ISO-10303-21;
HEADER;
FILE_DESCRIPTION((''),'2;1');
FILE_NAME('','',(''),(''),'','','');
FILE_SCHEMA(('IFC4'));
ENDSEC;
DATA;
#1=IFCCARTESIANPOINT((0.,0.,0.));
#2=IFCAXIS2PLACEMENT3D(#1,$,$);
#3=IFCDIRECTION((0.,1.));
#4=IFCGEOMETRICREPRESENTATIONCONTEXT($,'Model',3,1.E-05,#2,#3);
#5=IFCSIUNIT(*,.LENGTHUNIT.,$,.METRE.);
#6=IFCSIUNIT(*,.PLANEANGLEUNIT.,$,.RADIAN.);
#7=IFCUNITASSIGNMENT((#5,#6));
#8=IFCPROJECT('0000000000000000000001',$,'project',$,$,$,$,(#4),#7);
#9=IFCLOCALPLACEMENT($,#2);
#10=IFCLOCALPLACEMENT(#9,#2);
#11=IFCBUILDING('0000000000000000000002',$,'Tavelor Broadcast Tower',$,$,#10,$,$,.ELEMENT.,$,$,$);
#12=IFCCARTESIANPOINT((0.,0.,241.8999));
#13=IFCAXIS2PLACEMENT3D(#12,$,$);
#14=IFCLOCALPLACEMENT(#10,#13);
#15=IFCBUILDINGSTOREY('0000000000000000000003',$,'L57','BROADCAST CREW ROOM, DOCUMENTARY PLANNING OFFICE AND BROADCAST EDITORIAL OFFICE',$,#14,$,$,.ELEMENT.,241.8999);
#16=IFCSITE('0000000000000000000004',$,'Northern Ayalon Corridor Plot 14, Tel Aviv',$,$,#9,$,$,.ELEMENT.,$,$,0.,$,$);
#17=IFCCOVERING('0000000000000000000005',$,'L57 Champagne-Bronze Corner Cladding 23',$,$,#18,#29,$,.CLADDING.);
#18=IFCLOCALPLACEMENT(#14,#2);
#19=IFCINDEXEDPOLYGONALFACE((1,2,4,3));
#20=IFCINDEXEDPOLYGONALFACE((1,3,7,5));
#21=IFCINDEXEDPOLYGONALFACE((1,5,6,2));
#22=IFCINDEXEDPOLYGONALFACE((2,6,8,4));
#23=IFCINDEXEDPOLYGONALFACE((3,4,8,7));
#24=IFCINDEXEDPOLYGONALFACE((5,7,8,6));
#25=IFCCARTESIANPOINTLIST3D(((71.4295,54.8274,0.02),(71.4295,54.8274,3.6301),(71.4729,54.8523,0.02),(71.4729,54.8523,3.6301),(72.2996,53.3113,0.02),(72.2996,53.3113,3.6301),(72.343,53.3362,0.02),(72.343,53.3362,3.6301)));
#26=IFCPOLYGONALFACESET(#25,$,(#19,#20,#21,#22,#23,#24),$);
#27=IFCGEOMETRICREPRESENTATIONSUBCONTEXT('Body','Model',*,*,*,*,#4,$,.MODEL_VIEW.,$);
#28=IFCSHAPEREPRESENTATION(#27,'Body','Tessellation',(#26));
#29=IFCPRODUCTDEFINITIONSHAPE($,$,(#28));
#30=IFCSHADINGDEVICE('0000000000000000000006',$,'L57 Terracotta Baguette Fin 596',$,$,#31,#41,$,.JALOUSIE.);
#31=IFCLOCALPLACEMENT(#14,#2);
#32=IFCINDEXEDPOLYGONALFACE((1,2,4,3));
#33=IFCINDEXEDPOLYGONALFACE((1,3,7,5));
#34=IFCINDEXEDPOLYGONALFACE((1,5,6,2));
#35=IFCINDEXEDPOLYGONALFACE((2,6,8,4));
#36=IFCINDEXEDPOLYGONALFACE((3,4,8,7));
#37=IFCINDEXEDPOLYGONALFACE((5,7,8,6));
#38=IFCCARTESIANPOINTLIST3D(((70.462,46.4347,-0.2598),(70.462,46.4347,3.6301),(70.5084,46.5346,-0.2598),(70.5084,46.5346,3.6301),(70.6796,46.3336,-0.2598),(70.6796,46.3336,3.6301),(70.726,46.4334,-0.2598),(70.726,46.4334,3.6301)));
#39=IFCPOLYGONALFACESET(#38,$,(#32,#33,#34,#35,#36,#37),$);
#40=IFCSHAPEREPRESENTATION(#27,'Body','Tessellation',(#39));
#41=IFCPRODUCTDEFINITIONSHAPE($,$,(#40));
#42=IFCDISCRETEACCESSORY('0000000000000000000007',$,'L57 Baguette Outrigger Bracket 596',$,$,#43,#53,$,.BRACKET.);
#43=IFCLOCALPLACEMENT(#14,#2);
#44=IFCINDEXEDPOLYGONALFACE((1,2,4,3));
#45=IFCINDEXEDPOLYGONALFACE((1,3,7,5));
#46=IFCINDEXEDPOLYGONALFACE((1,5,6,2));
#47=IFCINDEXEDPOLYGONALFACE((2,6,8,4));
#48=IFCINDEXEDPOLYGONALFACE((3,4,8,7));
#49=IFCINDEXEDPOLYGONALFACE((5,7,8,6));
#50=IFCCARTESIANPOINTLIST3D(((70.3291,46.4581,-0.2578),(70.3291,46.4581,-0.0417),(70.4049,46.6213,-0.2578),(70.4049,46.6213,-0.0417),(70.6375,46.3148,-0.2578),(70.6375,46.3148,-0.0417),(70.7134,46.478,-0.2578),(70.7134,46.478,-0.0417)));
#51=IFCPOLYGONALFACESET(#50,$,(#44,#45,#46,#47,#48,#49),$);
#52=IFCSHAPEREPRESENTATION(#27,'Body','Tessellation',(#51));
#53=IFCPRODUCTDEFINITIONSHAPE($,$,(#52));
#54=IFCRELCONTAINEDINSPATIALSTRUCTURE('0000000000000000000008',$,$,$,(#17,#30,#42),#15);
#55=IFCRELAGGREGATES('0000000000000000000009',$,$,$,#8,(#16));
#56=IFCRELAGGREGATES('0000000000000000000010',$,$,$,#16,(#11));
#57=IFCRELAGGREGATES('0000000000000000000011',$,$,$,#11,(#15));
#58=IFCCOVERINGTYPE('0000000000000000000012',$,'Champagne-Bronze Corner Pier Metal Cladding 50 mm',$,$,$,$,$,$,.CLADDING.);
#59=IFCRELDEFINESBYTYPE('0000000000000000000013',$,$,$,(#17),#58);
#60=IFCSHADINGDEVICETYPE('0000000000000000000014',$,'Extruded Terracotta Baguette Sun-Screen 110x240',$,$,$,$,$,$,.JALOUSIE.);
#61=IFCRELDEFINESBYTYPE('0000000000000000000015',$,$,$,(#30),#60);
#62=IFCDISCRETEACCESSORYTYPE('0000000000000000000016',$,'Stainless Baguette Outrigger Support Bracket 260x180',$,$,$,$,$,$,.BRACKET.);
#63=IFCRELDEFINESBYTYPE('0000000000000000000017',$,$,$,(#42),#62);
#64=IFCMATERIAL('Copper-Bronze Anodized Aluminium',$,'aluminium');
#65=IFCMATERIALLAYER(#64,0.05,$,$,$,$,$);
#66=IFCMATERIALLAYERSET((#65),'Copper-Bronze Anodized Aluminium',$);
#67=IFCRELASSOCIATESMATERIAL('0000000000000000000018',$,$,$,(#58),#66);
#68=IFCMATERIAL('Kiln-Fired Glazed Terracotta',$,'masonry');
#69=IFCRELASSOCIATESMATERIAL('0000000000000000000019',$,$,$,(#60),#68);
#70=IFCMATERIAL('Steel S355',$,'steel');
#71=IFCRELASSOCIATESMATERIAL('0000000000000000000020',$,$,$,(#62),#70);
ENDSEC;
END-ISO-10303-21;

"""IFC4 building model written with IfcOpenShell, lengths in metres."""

from ifc_helpers import new_model, si_unit, direction, frame, origin, origin_2d, place, context, subcontext, project, spatial, rectangle, extrude, source, transform, mapped, material, layer, layer_set, type_object, type_shapes, element, save


model = new_model("IFC4")

# Units and contexts
model_context = context("Model", 3, precision=1e-05, world=origin(), true_north=direction((0.0, 1.0)))
body_context = subcontext(model_context, "Body", "Model", "MODEL_VIEW")
ifc_project = project(units=[si_unit("LENGTHUNIT", "METRE"), si_unit("PLANEANGLEUNIT", "RADIAN")], contexts=[model_context])

# Site, building, storey
site_placement = place(None, origin())
site = spatial("IfcSite", under=ifc_project, at=site_placement, Name="Northern Ayalon Corridor Plot 14, Tel Aviv", CompositionType="ELEMENT", RefElevation=0.0)
building_placement = place(site_placement, origin())
building = spatial("IfcBuilding", under=site, at=building_placement, Name="Tavelor Broadcast Tower", CompositionType="ELEMENT")
storey_placement = place(building_placement, frame((0.0, 0.0, 241.8999)))
storey = spatial("IfcBuildingStorey", under=building, at=storey_placement, Name="L57", Description="BROADCAST CREW ROOM, DOCUMENTARY PLANNING OFFICE AND BROADCAST EDITORIAL OFFICE", CompositionType="ELEMENT", Elevation=241.8999)

# Shared definitions
ifc_material_1 = material(Name="Steel S355", Category="steel")

# Covering
ifc_material_2 = material(Name="Copper-Bronze Anodized Aluminium", Category="aluminium")
ifc_layer_1 = layer(ifc_material_2, 0.05)
ifc_layer_set_1 = layer_set([ifc_layer_1], Name="Copper-Bronze Anodized Aluminium")
covering_type = type_object("IfcCoveringType", Name="Champagne-Bronze Corner Pier Metal Cladding 50 mm", PredefinedType="CLADDING", material=ifc_layer_set_1)
covering_placement = place(storey_placement, frame((71.8862, 54.0818, 0.02), z_axis=(0.0, 0.0, 1.0), x_axis=(-0.497731, 0.867331, 0.0)))
element("IfcCovering", 1, at=covering_placement, inside=storey, type_object=covering_type, Name="L57 Champagne-Bronze Corner Cladding 23", PredefinedType="CLADDING", context=body_context, shape_type="SweptSolid", body=[
    extrude(rectangle(XDim=1.748, YDim=0.05, at=origin_2d()), origin(), (0.0, 0.0, 1.0), 3.6101),
])

# Shading device
ifc_material_3 = material(Name="Kiln-Fired Glazed Terracotta", Category="masonry")
shading_device_type = type_object("IfcShadingDeviceType", Name="Extruded Terracotta Baguette Sun-Screen 110x240", PredefinedType="JALOUSIE", material=ifc_material_3)
shared_shape_1 = source(origin(), body_context, "Body", "SweptSolid", [
    extrude(rectangle(XDim=0.1101, YDim=0.24, at=origin_2d()), origin(), (0.0, 0.0, 1.0), 3.8899),
])
type_shapes(shading_device_type, [shared_shape_1])
shading_device_placement = place(storey_placement, frame((70.594, 46.4341, -0.2598), z_axis=(0.0, 0.0, 1.0), x_axis=(0.421352, 0.906897, 0.0)))
element("IfcShadingDevice", 2, at=shading_device_placement, inside=storey, type_object=shading_device_type, Name="L57 Terracotta Baguette Fin 596", PredefinedType="JALOUSIE", context=body_context, shape_type="MappedRepresentation", body=[
    mapped(shared_shape_1, transform((0.0, 0.0, 0.0), scale=1.0)),
])

# Discrete accessory
discrete_accessory_type = type_object("IfcDiscreteAccessoryType", Name="Stainless Baguette Outrigger Support Bracket 260x180", PredefinedType="BRACKET", material=ifc_material_1)
shared_shape_2 = source(origin(), body_context, "Body", "SweptSolid", [
    extrude(rectangle(XDim=0.1799, YDim=0.3401, at=origin_2d()), origin(), (0.0, 0.0, 1.0), 0.2161),
])
type_shapes(discrete_accessory_type, [shared_shape_2])
discrete_accessory_placement = place(storey_placement, frame((70.5212, 46.468, -0.2578), z_axis=(0.0, 0.0, 1.0), x_axis=(0.421352, 0.906897, 0.0)))
element("IfcDiscreteAccessory", 3, at=discrete_accessory_placement, inside=storey, type_object=discrete_accessory_type, Name="L57 Baguette Outrigger Bracket 596", PredefinedType="BRACKET", context=body_context, shape_type="MappedRepresentation", body=[
    mapped(shared_shape_2, transform((0.0, 0.0, 0.0), scale=1.0)),
])

save(model, "model.ifc")
